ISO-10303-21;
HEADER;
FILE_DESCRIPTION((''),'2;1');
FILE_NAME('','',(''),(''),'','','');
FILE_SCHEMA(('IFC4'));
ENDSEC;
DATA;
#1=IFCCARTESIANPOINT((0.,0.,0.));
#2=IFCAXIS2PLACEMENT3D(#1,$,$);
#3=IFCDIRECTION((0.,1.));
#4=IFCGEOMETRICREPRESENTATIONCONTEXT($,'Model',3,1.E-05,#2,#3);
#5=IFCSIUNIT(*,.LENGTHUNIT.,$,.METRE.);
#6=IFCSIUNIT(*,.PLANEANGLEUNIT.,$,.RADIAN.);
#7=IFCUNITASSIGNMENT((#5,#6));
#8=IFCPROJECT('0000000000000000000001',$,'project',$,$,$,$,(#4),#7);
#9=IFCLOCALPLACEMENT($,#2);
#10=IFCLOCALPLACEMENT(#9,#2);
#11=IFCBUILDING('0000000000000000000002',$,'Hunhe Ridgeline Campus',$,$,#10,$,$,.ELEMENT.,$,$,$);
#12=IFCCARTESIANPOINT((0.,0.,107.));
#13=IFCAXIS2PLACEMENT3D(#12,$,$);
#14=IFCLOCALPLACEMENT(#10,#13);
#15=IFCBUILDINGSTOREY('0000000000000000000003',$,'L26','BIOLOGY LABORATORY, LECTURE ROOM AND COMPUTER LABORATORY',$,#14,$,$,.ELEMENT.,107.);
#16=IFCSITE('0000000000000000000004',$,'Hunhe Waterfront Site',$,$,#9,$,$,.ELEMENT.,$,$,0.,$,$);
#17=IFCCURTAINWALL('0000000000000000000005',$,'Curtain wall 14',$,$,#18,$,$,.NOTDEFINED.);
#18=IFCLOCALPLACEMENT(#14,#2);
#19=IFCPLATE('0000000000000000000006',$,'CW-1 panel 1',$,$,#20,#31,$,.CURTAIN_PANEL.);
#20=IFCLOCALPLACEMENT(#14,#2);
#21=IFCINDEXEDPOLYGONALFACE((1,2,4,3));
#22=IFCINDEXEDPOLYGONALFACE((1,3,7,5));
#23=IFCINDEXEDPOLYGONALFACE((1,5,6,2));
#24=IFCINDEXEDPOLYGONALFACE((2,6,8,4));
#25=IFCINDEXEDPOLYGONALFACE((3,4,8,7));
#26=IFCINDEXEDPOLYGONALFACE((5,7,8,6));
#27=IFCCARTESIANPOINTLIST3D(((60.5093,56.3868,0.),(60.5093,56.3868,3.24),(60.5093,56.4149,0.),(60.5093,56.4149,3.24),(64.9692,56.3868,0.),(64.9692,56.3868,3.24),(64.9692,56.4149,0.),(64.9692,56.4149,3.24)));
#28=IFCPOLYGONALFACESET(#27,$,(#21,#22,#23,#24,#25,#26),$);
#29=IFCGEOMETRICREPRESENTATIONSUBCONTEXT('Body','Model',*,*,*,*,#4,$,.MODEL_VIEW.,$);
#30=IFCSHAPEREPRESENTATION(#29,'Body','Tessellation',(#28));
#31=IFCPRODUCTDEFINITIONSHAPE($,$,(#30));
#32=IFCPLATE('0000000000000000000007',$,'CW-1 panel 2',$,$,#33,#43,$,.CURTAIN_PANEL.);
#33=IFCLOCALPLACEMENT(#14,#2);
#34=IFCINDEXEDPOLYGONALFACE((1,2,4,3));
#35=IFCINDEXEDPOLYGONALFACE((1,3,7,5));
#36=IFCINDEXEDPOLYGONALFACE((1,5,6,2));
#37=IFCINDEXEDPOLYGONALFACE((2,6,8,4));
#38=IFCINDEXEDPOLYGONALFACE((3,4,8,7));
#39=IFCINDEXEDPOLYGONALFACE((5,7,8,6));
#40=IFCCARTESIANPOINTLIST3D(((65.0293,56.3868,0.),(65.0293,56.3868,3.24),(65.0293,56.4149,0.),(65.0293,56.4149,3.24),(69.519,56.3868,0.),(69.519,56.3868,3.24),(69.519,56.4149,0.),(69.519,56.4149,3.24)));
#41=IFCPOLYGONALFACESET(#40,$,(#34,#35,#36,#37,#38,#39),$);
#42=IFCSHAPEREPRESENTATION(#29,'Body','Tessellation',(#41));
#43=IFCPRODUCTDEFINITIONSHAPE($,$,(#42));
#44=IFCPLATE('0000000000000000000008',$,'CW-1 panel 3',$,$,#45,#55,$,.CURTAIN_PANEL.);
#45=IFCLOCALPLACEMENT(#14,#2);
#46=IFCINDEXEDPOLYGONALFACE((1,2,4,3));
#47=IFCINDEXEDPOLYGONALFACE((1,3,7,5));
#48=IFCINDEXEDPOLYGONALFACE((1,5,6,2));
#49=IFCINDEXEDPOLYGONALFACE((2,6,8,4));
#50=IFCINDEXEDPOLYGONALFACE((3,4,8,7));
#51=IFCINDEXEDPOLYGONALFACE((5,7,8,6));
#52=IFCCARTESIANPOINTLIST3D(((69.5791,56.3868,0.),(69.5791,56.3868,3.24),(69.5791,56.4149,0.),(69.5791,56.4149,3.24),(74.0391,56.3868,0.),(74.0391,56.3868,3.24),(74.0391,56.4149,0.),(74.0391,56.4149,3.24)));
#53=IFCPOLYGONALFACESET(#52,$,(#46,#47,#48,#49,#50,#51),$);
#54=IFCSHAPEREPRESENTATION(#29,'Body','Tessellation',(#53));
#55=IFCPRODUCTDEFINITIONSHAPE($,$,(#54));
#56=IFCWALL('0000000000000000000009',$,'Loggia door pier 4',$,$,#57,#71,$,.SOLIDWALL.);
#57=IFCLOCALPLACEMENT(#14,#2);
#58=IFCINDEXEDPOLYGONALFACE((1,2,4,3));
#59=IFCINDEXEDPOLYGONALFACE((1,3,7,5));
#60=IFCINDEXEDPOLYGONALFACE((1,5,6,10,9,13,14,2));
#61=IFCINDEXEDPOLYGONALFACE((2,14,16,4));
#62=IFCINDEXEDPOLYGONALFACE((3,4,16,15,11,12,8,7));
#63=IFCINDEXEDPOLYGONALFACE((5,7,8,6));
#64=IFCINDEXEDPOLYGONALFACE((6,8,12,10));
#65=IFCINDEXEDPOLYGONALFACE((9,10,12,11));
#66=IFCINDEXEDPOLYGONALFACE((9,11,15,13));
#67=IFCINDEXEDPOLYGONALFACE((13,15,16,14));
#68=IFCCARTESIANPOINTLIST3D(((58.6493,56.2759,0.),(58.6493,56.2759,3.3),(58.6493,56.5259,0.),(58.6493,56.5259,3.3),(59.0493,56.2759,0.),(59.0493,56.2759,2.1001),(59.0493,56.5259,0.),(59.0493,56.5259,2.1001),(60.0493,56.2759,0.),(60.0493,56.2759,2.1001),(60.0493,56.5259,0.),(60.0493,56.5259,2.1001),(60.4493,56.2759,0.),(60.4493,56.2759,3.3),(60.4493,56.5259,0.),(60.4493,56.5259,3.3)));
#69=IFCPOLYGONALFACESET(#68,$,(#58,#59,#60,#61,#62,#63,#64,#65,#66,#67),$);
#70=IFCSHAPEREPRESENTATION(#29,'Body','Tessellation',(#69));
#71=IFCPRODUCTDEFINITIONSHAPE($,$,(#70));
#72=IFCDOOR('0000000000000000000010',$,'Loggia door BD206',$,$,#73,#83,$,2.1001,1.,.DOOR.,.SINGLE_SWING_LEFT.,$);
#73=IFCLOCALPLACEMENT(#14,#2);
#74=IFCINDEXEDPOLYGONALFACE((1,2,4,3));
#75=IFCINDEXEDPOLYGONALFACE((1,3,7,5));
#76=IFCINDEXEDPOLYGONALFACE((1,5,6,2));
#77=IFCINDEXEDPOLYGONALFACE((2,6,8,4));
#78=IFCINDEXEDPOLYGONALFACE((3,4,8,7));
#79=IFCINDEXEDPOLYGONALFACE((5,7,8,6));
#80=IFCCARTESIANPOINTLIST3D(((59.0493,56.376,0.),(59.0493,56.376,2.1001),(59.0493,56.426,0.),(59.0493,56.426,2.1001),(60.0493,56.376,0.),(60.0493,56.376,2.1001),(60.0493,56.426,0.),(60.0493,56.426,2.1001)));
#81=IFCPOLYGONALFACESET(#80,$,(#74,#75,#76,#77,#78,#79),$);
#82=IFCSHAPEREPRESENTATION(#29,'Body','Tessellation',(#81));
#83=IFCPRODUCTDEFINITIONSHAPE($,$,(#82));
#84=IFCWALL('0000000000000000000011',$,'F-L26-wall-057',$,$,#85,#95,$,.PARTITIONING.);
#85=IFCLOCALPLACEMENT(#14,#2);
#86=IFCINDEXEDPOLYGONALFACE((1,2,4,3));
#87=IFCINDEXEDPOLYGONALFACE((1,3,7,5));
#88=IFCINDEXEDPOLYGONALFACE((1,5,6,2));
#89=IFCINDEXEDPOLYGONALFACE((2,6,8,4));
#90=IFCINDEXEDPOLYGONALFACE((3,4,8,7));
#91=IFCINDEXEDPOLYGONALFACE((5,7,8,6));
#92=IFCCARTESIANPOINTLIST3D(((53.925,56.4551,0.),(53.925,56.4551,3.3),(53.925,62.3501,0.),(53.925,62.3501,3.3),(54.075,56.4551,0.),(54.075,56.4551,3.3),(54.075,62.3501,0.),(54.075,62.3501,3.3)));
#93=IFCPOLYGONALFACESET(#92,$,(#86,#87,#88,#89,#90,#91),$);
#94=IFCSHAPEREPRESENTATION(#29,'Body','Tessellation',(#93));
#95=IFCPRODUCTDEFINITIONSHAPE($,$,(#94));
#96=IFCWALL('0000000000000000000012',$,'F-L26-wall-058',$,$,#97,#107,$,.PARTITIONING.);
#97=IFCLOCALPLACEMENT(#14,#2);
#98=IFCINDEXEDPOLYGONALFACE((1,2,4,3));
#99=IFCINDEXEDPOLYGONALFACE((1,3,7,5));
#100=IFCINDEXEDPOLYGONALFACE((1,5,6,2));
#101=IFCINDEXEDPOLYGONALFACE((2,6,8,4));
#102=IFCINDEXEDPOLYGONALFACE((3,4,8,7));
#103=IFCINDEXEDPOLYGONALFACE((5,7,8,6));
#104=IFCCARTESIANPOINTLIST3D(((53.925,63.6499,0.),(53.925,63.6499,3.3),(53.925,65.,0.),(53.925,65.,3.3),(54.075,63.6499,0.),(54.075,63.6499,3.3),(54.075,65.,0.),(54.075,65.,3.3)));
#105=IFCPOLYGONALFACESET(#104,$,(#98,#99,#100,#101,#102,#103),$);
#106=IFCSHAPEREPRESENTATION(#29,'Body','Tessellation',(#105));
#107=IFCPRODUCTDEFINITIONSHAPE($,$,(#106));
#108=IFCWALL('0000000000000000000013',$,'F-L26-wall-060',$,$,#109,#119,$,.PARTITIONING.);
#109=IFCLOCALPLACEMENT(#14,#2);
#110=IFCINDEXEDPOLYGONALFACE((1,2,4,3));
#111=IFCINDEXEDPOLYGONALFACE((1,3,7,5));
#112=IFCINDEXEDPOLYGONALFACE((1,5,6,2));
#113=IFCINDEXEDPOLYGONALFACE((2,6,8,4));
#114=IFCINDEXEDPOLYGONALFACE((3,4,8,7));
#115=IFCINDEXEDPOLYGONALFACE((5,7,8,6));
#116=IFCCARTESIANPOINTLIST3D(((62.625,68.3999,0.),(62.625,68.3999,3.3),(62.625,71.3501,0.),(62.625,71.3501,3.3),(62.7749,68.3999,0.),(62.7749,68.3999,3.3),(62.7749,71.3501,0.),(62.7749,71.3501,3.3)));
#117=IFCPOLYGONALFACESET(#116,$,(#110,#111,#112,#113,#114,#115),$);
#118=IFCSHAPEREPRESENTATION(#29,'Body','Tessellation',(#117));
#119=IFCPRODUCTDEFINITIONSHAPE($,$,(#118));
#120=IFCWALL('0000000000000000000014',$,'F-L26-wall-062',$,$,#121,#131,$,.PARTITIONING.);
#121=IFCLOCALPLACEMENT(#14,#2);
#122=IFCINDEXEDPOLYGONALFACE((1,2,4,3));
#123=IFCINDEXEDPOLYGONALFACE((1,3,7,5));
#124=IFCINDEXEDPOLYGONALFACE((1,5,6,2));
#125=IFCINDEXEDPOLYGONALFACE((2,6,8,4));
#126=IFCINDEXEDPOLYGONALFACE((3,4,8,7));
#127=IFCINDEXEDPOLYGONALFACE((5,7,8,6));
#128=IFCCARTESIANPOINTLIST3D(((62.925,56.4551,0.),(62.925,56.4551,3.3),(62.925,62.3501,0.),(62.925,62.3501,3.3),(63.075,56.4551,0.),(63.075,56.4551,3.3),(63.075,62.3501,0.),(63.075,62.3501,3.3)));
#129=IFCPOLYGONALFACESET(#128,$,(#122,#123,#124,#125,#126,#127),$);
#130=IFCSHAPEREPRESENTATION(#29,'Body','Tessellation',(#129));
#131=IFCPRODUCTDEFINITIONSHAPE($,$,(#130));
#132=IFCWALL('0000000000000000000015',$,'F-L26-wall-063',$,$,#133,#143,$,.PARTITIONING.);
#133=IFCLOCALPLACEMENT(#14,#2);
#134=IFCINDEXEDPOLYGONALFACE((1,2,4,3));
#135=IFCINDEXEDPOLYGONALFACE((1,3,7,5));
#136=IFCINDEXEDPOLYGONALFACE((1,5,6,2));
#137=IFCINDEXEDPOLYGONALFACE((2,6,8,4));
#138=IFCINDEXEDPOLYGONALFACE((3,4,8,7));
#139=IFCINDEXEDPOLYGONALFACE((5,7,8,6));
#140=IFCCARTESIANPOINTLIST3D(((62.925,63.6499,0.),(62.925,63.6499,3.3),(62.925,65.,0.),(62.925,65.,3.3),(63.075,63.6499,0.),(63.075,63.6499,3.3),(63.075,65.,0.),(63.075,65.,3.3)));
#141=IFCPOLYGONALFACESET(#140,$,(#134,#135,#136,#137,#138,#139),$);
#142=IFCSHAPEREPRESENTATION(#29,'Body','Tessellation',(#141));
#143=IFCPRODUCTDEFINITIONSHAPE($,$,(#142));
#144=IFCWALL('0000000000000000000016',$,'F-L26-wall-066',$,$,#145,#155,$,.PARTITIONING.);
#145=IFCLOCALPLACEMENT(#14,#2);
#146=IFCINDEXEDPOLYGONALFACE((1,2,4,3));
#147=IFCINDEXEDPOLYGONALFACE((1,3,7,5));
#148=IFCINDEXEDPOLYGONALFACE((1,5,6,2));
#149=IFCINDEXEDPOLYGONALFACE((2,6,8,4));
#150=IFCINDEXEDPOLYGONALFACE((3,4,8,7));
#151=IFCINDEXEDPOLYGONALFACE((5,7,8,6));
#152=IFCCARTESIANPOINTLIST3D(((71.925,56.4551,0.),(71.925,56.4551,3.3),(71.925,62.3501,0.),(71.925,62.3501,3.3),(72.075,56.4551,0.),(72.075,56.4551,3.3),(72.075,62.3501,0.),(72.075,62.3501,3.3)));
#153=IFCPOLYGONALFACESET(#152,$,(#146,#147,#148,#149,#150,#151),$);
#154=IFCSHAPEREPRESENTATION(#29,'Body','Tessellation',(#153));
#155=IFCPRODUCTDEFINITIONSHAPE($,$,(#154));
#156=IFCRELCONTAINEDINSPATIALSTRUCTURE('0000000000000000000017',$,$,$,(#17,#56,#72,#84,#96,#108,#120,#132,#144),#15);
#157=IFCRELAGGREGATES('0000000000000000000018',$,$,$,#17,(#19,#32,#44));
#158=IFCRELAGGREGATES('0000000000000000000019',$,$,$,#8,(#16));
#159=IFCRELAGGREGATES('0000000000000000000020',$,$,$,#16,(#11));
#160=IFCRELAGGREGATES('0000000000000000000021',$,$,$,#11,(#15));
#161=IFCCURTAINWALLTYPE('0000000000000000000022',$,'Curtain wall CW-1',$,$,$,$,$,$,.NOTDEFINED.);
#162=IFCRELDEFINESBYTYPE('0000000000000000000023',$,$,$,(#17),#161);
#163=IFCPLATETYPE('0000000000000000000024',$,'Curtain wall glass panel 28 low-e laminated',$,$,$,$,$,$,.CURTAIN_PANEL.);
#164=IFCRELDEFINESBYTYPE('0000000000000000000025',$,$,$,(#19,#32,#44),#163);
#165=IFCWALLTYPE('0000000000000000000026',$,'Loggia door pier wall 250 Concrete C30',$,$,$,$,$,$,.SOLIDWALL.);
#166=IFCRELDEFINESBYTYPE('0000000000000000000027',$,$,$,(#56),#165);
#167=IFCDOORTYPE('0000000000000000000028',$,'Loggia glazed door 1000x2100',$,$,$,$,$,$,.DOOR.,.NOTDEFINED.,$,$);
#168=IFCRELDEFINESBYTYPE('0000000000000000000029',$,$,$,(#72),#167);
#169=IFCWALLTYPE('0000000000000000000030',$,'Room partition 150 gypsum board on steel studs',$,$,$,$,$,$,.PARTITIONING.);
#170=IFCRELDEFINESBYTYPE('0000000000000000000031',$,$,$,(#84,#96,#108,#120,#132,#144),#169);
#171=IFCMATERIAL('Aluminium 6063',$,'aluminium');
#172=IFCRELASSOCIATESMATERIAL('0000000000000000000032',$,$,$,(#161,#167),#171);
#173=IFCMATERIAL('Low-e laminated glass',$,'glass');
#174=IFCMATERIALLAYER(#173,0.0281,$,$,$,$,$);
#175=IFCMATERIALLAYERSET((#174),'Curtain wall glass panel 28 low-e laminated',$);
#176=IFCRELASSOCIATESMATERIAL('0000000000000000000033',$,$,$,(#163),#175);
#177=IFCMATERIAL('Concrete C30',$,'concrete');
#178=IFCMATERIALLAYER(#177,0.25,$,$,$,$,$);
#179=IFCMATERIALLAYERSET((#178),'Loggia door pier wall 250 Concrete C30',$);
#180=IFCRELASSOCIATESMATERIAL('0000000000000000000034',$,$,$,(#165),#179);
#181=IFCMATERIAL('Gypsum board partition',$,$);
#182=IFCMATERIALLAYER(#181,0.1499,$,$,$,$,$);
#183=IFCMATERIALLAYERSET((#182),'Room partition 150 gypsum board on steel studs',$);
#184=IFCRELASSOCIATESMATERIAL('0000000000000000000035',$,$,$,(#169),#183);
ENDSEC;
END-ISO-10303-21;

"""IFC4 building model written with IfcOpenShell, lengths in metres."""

from ifc_helpers import new_model, si_unit, direction, frame, frame_2d, origin, origin_2d, place, context, subcontext, project, spatial, rectangle, extrude, material, layer, layer_set, type_object, element, fill, aggregate, save


model = new_model("IFC4")

# Units and contexts
model_context = context("Model", 3, precision=1e-05, world=origin(), true_north=direction((0.0, 1.0)))
body_context = subcontext(model_context, "Body", "Model", "MODEL_VIEW")
ifc_project = project(units=[si_unit("LENGTHUNIT", "METRE"), si_unit("PLANEANGLEUNIT", "RADIAN")], contexts=[model_context])

# Site, building, storey
site_placement = place(None, origin())
site = spatial("IfcSite", under=ifc_project, at=site_placement, Name="Hunhe Waterfront Site", CompositionType="ELEMENT", RefElevation=0.0)
building_placement = place(site_placement, origin())
building = spatial("IfcBuilding", under=site, at=building_placement, Name="Hunhe Ridgeline Campus", CompositionType="ELEMENT")
storey_placement = place(building_placement, frame((0.0, 0.0, 107.0)))
storey = spatial("IfcBuildingStorey", under=building, at=storey_placement, Name="L26", Description="BIOLOGY LABORATORY, LECTURE ROOM AND COMPUTER LABORATORY", CompositionType="ELEMENT", Elevation=107.0)

# Curtain wall
ifc_material_1 = material(Name="Aluminium 6063", Category="aluminium")
curtain_wall_type = type_object("IfcCurtainWallType", Name="Curtain wall CW-1", PredefinedType="NOTDEFINED", material=ifc_material_1)
curtain_wall_1_placement = place(storey_placement, origin())
curtain_wall_1 = element("IfcCurtainWall", 1, at=curtain_wall_1_placement, inside=storey, type_object=curtain_wall_type, Name="Curtain wall 14", PredefinedType="NOTDEFINED")

# Plates
ifc_material_2 = material(Name="Low-e laminated glass", Category="glass")
ifc_layer_1 = layer(ifc_material_2, 0.0281)
ifc_layer_set_1 = layer_set([ifc_layer_1], Name="Curtain wall glass panel 28 low-e laminated")
plate_type = type_object("IfcPlateType", Name="Curtain wall glass panel 28 low-e laminated", PredefinedType="CURTAIN_PANEL", material=ifc_layer_set_1)
plate_1_placement = place(storey_placement, frame((62.7393, 56.4009, 0.0), z_axis=(0.0, 0.0, 1.0), x_axis=(1.0, 0.0, 0.0)))
plate_1 = element("IfcPlate", 2, at=plate_1_placement, type_object=plate_type, Name="CW-1 panel 1", PredefinedType="CURTAIN_PANEL", context=body_context, shape_type="SweptSolid", body=[
    extrude(rectangle(XDim=4.46, YDim=0.0281, at=origin_2d()), origin(), (0.0, 0.0, 1.0), 3.24),
])
plate_2_placement = place(storey_placement, frame((67.2742, 56.4009, 0.0), z_axis=(0.0, 0.0, 1.0), x_axis=(1.0, 0.0, 0.0)))
plate_2 = element("IfcPlate", 3, at=plate_2_placement, type_object=plate_type, Name="CW-1 panel 2", PredefinedType="CURTAIN_PANEL", context=body_context, shape_type="SweptSolid", body=[
    extrude(rectangle(XDim=4.4897, YDim=0.0281, at=origin_2d()), origin(), (0.0, 0.0, 1.0), 3.24),
])
plate_3_placement = place(storey_placement, frame((71.8091, 56.4009, 0.0), z_axis=(0.0, 0.0, 1.0), x_axis=(1.0, 0.0, 0.0)))
plate_3 = element("IfcPlate", 4, at=plate_3_placement, type_object=plate_type, Name="CW-1 panel 3", PredefinedType="CURTAIN_PANEL", context=body_context, shape_type="SweptSolid", body=[
    extrude(rectangle(XDim=4.46, YDim=0.0281, at=origin_2d()), origin(), (0.0, 0.0, 1.0), 3.24),
])
aggregate(curtain_wall_1, [plate_1, plate_2, plate_3])

# Wall, opening, door
ifc_material_3 = material(Name="Concrete C30", Category="concrete")
ifc_layer_2 = layer(ifc_material_3, 0.25)
ifc_layer_set_2 = layer_set([ifc_layer_2], Name="Loggia door pier wall 250 Concrete C30")
wall_type_1 = type_object("IfcWallType", Name="Loggia door pier wall 250 Concrete C30", PredefinedType="SOLIDWALL", material=ifc_layer_set_2)
wall_1_placement = place(storey_placement, frame((58.6494, 56.4009, 0.0), z_axis=(0.0, 0.0, 1.0), x_axis=(1.0, 0.0, 0.0)))
wall_1 = element("IfcWall", 5, at=wall_1_placement, inside=storey, type_object=wall_type_1, Name="Loggia door pier 4", PredefinedType="SOLIDWALL", context=body_context, shape_type="SweptSolid", body=[
    extrude(rectangle(XDim=1.8, YDim=0.25, at=frame_2d((0.8999, 0.0))), origin(), (0.0, 0.0, 1.0), 3.3),
])
opening_placement = place(wall_1_placement, frame((0.3999, 0.0, 0.0)))
opening = element("IfcOpeningElement", 6, at=opening_placement, cuts=wall_1, PredefinedType="OPENING", context=body_context, shape_type="SweptSolid", body=[
    extrude(rectangle(XDim=1.0, YDim=2.1001, at=frame_2d((0.5, 1.05))), frame((0.0, 0.125, 0.0), z_axis=(0.0, -1.0, 0.0), x_axis=(1.0, 0.0, 0.0)), (0.0, 0.0, 1.0), 0.25),
])
door_type = type_object("IfcDoorType", Name="Loggia glazed door 1000x2100", OperationType="NOTDEFINED", PredefinedType="DOOR", material=ifc_material_1)
door_placement = place(opening_placement, frame((1.0, 0.0, 0.0), z_axis=(0.0, 0.0, 1.0), x_axis=(-1.0, 0.0, 0.0)))
door = element("IfcDoor", 7, at=door_placement, inside=storey, type_object=door_type, Name="Loggia door BD206", OperationType="SINGLE_SWING_LEFT", OverallHeight=2.1001, OverallWidth=1.0, PredefinedType="DOOR", context=body_context, shape_type="SweptSolid", body=[
    extrude(rectangle(XDim=1.0, YDim=2.1001, at=frame_2d((0.5, 1.05))), frame((0.0, 0.0249, 0.0), z_axis=(0.0, -1.0, 0.0), x_axis=(1.0, 0.0, 0.0)), (0.0, 0.0, 1.0), 0.05),
])
fill(opening, door)

# Walls
ifc_material_4 = material(Name="Gypsum board partition")
ifc_layer_3 = layer(ifc_material_4, 0.1499)
ifc_layer_set_3 = layer_set([ifc_layer_3], Name="Room partition 150 gypsum board on steel studs")
wall_type_2 = type_object("IfcWallType", Name="Room partition 150 gypsum board on steel studs", PredefinedType="PARTITIONING", material=ifc_layer_set_3)
wall_2_placement = place(storey_placement, frame((54.0, 62.3501, 0.0), z_axis=(0.0, 0.0, 1.0), x_axis=(0.0, -1.0, 0.0)))
element("IfcWall", 8, at=wall_2_placement, inside=storey, type_object=wall_type_2, Name="F-L26-wall-057", PredefinedType="PARTITIONING", context=body_context, shape_type="SweptSolid", body=[
    extrude(rectangle(XDim=5.895, YDim=0.1499, at=frame_2d((2.9475, 0.0))), origin(), (0.0, 0.0, 1.0), 3.3),
])
wall_3_placement = place(storey_placement, frame((54.0, 65.0, 0.0), z_axis=(0.0, 0.0, 1.0), x_axis=(0.0, -1.0, 0.0)))
element("IfcWall", 9, at=wall_3_placement, inside=storey, type_object=wall_type_2, Name="F-L26-wall-058", PredefinedType="PARTITIONING", context=body_context, shape_type="SweptSolid", body=[
    extrude(rectangle(XDim=1.3501, YDim=0.1499, at=frame_2d((0.675, 0.0))), origin(), (0.0, 0.0, 1.0), 3.3),
])
wall_4_placement = place(storey_placement, frame((62.7, 71.3501, 0.0), z_axis=(0.0, 0.0, 1.0), x_axis=(0.0, -1.0, 0.0)))
element("IfcWall", 10, at=wall_4_placement, inside=storey, type_object=wall_type_2, Name="F-L26-wall-060", PredefinedType="PARTITIONING", context=body_context, shape_type="SweptSolid", body=[
    extrude(rectangle(XDim=2.9502, YDim=0.1499, at=frame_2d((1.4751, 0.0))), origin(), (0.0, 0.0, 1.0), 3.3),
])
wall_5_placement = place(storey_placement, frame((63.0, 62.3501, 0.0), z_axis=(0.0, 0.0, 1.0), x_axis=(0.0, -1.0, 0.0)))
element("IfcWall", 11, at=wall_5_placement, inside=storey, type_object=wall_type_2, Name="F-L26-wall-062", PredefinedType="PARTITIONING", context=body_context, shape_type="SweptSolid", body=[
    extrude(rectangle(XDim=5.895, YDim=0.1499, at=frame_2d((2.9475, 0.0))), origin(), (0.0, 0.0, 1.0), 3.3),
])
wall_6_placement = place(storey_placement, frame((63.0, 65.0, 0.0), z_axis=(0.0, 0.0, 1.0), x_axis=(0.0, -1.0, 0.0)))
element("IfcWall", 12, at=wall_6_placement, inside=storey, type_object=wall_type_2, Name="F-L26-wall-063", PredefinedType="PARTITIONING", context=body_context, shape_type="SweptSolid", body=[
    extrude(rectangle(XDim=1.3501, YDim=0.1499, at=frame_2d((0.675, 0.0))), origin(), (0.0, 0.0, 1.0), 3.3),
])
wall_7_placement = place(storey_placement, frame((72.0, 62.3501, 0.0), z_axis=(0.0, 0.0, 1.0), x_axis=(0.0, -1.0, 0.0)))
element("IfcWall", 13, at=wall_7_placement, inside=storey, type_object=wall_type_2, Name="F-L26-wall-066", PredefinedType="PARTITIONING", context=body_context, shape_type="SweptSolid", body=[
    extrude(rectangle(XDim=5.895, YDim=0.1499, at=frame_2d((2.9475, 0.0))), origin(), (0.0, 0.0, 1.0), 3.3),
])

save(model, "model.ifc")
